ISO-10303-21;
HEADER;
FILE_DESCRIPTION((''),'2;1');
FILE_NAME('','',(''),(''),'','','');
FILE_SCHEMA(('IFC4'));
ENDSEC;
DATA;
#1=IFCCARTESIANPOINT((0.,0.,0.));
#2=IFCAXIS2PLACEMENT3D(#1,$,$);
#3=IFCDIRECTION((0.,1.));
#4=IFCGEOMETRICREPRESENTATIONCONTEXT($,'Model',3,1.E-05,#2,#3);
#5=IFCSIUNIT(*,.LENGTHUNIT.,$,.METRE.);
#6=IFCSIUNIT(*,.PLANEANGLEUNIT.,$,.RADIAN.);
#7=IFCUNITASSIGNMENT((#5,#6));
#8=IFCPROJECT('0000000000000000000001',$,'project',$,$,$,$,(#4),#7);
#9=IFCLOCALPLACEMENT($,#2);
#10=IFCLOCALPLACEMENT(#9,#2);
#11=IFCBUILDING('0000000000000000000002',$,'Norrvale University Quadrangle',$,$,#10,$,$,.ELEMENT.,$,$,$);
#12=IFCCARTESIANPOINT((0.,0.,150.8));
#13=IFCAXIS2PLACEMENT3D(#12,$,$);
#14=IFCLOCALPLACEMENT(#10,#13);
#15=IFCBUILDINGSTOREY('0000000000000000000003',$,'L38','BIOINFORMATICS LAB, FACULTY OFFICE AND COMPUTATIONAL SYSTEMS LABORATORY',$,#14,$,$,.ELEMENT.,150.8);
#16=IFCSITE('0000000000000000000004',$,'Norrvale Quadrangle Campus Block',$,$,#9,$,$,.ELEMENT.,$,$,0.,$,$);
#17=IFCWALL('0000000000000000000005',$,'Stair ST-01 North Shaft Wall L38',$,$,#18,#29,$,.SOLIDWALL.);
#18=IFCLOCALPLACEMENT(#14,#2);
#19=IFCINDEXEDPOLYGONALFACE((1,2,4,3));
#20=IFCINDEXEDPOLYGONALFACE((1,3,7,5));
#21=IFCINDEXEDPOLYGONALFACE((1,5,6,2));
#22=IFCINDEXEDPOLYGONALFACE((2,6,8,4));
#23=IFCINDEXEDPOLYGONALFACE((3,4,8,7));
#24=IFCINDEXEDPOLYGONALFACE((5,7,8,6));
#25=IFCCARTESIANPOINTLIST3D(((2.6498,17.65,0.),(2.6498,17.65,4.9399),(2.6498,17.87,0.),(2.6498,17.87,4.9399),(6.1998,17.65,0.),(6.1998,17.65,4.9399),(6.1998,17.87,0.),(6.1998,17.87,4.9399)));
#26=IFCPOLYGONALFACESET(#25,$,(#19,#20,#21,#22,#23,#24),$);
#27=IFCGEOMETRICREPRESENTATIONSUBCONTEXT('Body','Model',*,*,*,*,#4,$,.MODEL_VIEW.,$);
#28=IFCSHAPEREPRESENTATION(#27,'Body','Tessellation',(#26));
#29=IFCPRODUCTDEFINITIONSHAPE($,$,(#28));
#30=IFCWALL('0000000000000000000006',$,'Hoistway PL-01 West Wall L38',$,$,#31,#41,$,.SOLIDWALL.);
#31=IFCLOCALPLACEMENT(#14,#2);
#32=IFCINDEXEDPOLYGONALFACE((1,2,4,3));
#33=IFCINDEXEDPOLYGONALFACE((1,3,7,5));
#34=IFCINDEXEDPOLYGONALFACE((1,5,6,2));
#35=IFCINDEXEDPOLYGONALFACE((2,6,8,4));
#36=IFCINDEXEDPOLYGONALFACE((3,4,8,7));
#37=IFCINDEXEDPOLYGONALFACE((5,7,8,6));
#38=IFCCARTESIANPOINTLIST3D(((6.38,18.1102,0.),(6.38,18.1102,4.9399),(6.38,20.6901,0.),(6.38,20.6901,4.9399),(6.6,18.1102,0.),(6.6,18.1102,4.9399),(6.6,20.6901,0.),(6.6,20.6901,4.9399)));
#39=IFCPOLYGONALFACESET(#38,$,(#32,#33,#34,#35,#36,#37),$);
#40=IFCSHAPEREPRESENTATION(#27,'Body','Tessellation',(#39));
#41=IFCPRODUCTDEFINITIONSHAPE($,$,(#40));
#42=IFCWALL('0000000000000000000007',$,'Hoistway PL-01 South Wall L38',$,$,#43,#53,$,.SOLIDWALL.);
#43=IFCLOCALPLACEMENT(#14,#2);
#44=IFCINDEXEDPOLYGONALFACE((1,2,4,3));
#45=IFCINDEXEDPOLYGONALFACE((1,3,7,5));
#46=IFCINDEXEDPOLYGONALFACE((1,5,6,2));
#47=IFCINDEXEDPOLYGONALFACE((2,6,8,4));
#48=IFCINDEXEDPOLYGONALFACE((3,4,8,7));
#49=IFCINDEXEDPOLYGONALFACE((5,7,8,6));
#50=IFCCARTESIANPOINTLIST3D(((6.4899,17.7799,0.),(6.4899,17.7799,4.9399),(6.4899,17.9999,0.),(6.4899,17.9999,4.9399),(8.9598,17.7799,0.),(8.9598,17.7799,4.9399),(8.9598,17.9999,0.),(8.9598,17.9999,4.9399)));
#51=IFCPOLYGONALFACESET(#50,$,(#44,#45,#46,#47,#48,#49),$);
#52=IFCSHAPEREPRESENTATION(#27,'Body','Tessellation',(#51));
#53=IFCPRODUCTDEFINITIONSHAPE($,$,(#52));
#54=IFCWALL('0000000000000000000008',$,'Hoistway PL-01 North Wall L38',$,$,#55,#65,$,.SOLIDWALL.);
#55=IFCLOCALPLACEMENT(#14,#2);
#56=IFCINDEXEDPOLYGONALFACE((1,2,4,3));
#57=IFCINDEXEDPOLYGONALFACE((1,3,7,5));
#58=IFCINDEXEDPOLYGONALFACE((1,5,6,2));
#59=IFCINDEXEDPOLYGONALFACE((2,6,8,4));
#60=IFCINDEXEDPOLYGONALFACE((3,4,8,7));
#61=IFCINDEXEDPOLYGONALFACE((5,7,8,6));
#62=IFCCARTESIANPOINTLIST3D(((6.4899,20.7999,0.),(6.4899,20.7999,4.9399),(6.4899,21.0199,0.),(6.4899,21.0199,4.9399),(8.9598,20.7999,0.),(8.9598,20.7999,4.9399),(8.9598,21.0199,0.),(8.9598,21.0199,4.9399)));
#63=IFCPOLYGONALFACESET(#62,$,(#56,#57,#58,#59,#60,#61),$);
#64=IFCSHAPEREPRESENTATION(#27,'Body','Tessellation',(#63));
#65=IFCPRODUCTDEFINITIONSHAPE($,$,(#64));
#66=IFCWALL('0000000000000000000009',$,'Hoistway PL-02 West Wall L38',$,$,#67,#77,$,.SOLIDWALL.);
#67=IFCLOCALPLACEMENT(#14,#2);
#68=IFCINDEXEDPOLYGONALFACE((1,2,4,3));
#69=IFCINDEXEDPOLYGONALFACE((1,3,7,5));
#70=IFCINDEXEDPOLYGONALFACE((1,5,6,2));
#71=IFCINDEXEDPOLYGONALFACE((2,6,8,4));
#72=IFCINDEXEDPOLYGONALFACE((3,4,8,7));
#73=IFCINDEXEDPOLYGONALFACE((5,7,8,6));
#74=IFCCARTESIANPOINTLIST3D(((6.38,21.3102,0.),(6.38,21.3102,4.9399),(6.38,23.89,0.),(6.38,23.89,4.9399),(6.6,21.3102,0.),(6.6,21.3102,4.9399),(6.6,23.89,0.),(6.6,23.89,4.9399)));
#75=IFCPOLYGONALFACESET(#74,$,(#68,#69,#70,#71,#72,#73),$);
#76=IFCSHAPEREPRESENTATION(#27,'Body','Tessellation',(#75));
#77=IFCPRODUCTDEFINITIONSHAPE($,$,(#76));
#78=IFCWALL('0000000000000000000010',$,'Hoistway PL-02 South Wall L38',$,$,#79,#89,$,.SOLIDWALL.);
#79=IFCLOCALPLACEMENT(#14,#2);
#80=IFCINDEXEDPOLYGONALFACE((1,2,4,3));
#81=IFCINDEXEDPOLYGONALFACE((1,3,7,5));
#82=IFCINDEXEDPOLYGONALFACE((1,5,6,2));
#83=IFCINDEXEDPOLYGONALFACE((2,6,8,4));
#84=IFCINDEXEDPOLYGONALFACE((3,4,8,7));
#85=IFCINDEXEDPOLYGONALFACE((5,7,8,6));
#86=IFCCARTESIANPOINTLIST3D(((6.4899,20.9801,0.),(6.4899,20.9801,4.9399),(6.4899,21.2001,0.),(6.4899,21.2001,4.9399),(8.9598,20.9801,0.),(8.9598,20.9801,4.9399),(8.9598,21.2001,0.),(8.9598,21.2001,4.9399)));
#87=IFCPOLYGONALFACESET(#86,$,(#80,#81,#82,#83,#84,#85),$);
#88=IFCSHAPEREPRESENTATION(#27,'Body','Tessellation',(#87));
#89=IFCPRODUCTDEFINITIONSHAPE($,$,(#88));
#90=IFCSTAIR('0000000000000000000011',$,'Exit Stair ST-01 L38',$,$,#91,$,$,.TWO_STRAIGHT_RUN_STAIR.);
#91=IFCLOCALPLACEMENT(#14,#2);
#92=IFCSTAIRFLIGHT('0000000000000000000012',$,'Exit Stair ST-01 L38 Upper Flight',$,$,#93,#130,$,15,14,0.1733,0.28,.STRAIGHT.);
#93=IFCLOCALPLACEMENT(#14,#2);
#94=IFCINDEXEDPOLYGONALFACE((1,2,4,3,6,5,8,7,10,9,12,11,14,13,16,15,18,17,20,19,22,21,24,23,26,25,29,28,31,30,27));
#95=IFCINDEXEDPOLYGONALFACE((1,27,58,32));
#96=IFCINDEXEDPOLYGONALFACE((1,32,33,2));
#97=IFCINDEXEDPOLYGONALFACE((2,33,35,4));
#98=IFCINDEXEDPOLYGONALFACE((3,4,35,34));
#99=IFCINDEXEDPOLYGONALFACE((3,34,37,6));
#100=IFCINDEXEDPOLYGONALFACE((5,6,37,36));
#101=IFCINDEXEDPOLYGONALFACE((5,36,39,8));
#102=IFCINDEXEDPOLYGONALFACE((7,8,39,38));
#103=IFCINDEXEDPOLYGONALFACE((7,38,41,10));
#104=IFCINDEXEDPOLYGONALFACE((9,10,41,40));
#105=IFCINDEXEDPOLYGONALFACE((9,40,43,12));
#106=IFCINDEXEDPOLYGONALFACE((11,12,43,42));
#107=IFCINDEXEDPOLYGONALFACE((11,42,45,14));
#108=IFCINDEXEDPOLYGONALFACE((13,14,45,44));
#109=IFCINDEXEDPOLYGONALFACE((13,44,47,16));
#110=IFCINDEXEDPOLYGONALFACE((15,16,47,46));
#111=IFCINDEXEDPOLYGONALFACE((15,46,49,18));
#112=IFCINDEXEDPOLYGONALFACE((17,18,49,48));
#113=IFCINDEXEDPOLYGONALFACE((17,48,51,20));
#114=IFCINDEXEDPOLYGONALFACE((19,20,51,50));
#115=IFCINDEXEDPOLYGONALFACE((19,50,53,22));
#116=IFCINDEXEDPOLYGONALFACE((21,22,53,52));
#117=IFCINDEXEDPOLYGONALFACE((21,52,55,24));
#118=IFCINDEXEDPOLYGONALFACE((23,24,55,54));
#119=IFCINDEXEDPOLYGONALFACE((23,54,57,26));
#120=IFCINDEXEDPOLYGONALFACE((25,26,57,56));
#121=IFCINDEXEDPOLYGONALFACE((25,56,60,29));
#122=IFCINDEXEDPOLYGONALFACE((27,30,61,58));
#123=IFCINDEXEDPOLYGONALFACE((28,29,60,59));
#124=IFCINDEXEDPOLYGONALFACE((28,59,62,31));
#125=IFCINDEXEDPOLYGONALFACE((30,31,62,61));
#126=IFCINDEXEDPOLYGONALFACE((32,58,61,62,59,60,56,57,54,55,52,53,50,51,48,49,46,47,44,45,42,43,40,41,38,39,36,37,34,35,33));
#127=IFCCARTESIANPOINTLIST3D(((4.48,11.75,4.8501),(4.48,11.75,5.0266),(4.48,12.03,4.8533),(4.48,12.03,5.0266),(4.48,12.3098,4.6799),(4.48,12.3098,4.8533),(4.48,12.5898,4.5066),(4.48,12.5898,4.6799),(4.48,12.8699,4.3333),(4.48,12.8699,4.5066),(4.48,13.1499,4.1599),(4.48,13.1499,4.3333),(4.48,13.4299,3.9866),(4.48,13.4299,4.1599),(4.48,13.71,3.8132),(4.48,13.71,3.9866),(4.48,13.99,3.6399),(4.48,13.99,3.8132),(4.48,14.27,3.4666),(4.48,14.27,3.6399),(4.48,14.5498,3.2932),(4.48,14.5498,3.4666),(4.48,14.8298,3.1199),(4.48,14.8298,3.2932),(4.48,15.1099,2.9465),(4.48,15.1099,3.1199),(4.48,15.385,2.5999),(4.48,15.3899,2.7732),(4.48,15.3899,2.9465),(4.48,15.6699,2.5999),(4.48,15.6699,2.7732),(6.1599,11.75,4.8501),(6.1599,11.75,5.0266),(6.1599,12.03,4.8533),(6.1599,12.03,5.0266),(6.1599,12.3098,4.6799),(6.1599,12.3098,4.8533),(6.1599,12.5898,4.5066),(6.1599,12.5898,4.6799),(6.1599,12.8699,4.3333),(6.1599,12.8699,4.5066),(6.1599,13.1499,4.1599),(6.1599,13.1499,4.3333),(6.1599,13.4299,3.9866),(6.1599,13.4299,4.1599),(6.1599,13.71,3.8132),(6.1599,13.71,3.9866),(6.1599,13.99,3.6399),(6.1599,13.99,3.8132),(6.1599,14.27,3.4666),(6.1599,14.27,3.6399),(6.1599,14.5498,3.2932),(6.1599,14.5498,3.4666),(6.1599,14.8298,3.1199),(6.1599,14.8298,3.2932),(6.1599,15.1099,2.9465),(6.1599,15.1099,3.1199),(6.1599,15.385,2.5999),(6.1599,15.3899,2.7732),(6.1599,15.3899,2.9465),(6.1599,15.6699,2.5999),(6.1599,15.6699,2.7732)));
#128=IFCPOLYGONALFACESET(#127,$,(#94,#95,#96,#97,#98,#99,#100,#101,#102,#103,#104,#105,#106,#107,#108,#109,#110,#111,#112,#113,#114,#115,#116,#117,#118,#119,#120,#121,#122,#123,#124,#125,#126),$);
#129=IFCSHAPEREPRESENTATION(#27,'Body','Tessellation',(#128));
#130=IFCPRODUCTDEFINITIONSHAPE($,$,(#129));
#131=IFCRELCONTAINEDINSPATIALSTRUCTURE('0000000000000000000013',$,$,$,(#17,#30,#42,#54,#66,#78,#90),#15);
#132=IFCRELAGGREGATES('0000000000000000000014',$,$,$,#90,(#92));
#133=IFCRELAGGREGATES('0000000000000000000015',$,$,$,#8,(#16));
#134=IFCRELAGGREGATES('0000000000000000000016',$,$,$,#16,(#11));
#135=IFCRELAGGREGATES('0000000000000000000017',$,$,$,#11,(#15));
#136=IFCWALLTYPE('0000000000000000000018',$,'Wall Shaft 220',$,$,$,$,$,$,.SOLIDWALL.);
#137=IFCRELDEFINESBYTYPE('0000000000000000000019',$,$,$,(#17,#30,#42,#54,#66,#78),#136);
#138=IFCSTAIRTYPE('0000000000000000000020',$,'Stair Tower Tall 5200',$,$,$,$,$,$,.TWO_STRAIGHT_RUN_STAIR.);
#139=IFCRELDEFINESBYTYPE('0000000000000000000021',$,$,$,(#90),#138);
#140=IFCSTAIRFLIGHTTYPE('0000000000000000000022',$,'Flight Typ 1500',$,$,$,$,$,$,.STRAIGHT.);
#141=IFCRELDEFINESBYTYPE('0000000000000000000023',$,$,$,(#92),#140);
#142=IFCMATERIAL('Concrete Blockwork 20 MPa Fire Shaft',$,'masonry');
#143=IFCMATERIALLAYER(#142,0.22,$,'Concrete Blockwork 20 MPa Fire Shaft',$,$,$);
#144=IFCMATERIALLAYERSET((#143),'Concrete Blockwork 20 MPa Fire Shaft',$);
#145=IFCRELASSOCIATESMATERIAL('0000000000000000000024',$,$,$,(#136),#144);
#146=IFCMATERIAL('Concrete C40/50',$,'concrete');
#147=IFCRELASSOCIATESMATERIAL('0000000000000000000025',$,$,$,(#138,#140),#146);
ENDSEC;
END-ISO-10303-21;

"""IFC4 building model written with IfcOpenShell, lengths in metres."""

from ifc_helpers import new_model, si_unit, direction, frame, frame_2d, origin, place, context, subcontext, project, spatial, polyline, rectangle, outline, extrude, material, layer, layer_set, type_object, element, aggregate, save


model = new_model("IFC4")

# Units and contexts
model_context = context("Model", 3, precision=1e-05, world=origin(), true_north=direction((0.0, 1.0)))
body_context = subcontext(model_context, "Body", "Model", "MODEL_VIEW")
ifc_project = project(units=[si_unit("LENGTHUNIT", "METRE"), si_unit("PLANEANGLEUNIT", "RADIAN")], contexts=[model_context])

# Site, building, storey
site_placement = place(None, origin())
site = spatial("IfcSite", under=ifc_project, at=site_placement, Name="Norrvale Quadrangle Campus Block", CompositionType="ELEMENT", RefElevation=0.0)
building_placement = place(site_placement, origin())
building = spatial("IfcBuilding", under=site, at=building_placement, Name="Norrvale University Quadrangle", CompositionType="ELEMENT")
storey_placement = place(building_placement, frame((0.0, 0.0, 150.8)))
storey = spatial("IfcBuildingStorey", under=building, at=storey_placement, Name="L38", Description="BIOINFORMATICS LAB, FACULTY OFFICE AND COMPUTATIONAL SYSTEMS LABORATORY", CompositionType="ELEMENT", Elevation=150.8)

# Walls
ifc_material_1 = material(Name="Concrete Blockwork 20 MPa Fire Shaft", Category="masonry")
ifc_layer_1 = layer(ifc_material_1, 0.22, Name="Concrete Blockwork 20 MPa Fire Shaft")
ifc_layer_set_1 = layer_set([ifc_layer_1], Name="Concrete Blockwork 20 MPa Fire Shaft")
wall_type_1 = type_object("IfcWallType", Name="Wall Shaft 220", PredefinedType="SOLIDWALL", material=ifc_layer_set_1)
wall_1_placement = place(storey_placement, frame((2.6499, 17.76, 0.0), z_axis=(0.0, 0.0, 1.0), x_axis=(1.0, 0.0, 0.0)))
element("IfcWall", 1, at=wall_1_placement, inside=storey, type_object=wall_type_1, Name="Stair ST-01 North Shaft Wall L38", PredefinedType="SOLIDWALL", context=body_context, shape_type="SweptSolid", body=[
    extrude(rectangle(XDim=3.55, YDim=0.22, at=frame_2d((1.7749, 0.0))), origin(), (0.0, 0.0, 1.0), 4.9399),
])
wall_2_placement = place(storey_placement, frame((6.49, 18.1101, 0.0), z_axis=(0.0, 0.0, 1.0), x_axis=(0.0, 1.0, 0.0)))
element("IfcWall", 2, at=wall_2_placement, inside=storey, type_object=wall_type_1, Name="Hoistway PL-01 West Wall L38", PredefinedType="SOLIDWALL", context=body_context, shape_type="SweptSolid", body=[
    extrude(rectangle(XDim=2.5798, YDim=0.22, at=frame_2d((1.29, 0.0))), origin(), (0.0, 0.0, 1.0), 4.9399),
])
for number, where, z_axis, x_axis, name in (
    (3, (6.49, 17.8899, 0.0), (0.0, 0.0, 1.0), (1.0, 0.0, 0.0), "Hoistway PL-01 South Wall L38"),
    (4, (6.49, 20.9099, 0.0), (0.0, 0.0, 1.0), (1.0, 0.0, 0.0), "Hoistway PL-01 North Wall L38"),
):
    element("IfcWall", number, at=place(storey_placement, frame(where, z_axis=z_axis, x_axis=x_axis)), inside=storey, type_object=wall_type_1, Name=name, PredefinedType="SOLIDWALL", context=body_context, shape_type="SweptSolid", body=[
        extrude(rectangle(XDim=2.47, YDim=0.22, at=frame_2d((1.2349, 0.0))), origin(), (0.0, 0.0, 1.0), 4.9399),
    ])
wall_3_placement = place(storey_placement, frame((6.49, 21.3101, 0.0), z_axis=(0.0, 0.0, 1.0), x_axis=(0.0, 1.0, 0.0)))
element("IfcWall", 5, at=wall_3_placement, inside=storey, type_object=wall_type_1, Name="Hoistway PL-02 West Wall L38", PredefinedType="SOLIDWALL", context=body_context, shape_type="SweptSolid", body=[
    extrude(rectangle(XDim=2.5798, YDim=0.22, at=frame_2d((1.29, 0.0))), origin(), (0.0, 0.0, 1.0), 4.9399),
])
wall_4_placement = place(storey_placement, frame((6.49, 21.0901, 0.0), z_axis=(0.0, 0.0, 1.0), x_axis=(1.0, 0.0, 0.0)))
element("IfcWall", 6, at=wall_4_placement, inside=storey, type_object=wall_type_1, Name="Hoistway PL-02 South Wall L38", PredefinedType="SOLIDWALL", context=body_context, shape_type="SweptSolid", body=[
    extrude(rectangle(XDim=2.47, YDim=0.22, at=frame_2d((1.2349, 0.0))), origin(), (0.0, 0.0, 1.0), 4.9399),
])

# Stair, stair flight
ifc_material_2 = material(Name="Concrete C40/50", Category="concrete")
stair_type = type_object("IfcStairType", Name="Stair Tower Tall 5200", PredefinedType="TWO_STRAIGHT_RUN_STAIR", material=ifc_material_2)
stair_placement = place(storey_placement, origin())
stair = element("IfcStair", 7, at=stair_placement, inside=storey, type_object=stair_type, Name="Exit Stair ST-01 L38", PredefinedType="TWO_STRAIGHT_RUN_STAIR")
stair_flight_type = type_object("IfcStairFlightType", Name="Flight Typ 1500", PredefinedType="STRAIGHT", material=ifc_material_2)
stair_flight_placement = place(storey_placement, frame((5.3201, 15.6699, 2.5999), z_axis=(0.0, 0.0, 1.0), x_axis=(0.0, -1.0, 0.0)))
stair_flight = element("IfcStairFlight", 8, at=stair_flight_placement, type_object=stair_flight_type, Name="Exit Stair ST-01 L38 Upper Flight", NumberOfRisers=15, NumberOfTreads=14, PredefinedType="STRAIGHT", RiserHeight=0.1733, TreadLength=0.28, context=body_context, shape_type="SweptSolid", body=[
    extrude(outline(polyline([(0.0, 0.0), (0.0, 0.1733), (0.28, 0.1733), (0.28, 0.3467), (0.5601, 0.3467), (0.5601, 0.52), (0.8401, 0.52), (0.8401, 0.6934), (1.1201, 0.6934), (1.1201, 0.8667), (1.3999, 0.8667), (1.3999, 1.04), (1.6799, 1.04), (1.6799, 1.2134), (1.96, 1.2134), (1.96, 1.3867), (2.24, 1.3867), (2.24, 1.5601), (2.52, 1.5601), (2.52, 1.7334), (2.8, 1.7334), (2.8, 1.9067), (3.0801, 1.9067), (3.0801, 2.0801), (3.3601, 2.0801), (3.3601, 2.2534), (3.6399, 2.2534), (3.6399, 2.4268), (3.9199, 2.4268), (3.9199, 2.6001), (3.9199, 2.2502), (0.2849, 0.0), (0.0, 0.0)])), frame((0.0, 0.8398, 0.0), z_axis=(0.0, -1.0, 0.0), x_axis=(1.0, 0.0, 0.0)), (0.0, 0.0, 1.0), 1.6799),
])
aggregate(stair, [stair_flight])

save(model, "model.ifc")
